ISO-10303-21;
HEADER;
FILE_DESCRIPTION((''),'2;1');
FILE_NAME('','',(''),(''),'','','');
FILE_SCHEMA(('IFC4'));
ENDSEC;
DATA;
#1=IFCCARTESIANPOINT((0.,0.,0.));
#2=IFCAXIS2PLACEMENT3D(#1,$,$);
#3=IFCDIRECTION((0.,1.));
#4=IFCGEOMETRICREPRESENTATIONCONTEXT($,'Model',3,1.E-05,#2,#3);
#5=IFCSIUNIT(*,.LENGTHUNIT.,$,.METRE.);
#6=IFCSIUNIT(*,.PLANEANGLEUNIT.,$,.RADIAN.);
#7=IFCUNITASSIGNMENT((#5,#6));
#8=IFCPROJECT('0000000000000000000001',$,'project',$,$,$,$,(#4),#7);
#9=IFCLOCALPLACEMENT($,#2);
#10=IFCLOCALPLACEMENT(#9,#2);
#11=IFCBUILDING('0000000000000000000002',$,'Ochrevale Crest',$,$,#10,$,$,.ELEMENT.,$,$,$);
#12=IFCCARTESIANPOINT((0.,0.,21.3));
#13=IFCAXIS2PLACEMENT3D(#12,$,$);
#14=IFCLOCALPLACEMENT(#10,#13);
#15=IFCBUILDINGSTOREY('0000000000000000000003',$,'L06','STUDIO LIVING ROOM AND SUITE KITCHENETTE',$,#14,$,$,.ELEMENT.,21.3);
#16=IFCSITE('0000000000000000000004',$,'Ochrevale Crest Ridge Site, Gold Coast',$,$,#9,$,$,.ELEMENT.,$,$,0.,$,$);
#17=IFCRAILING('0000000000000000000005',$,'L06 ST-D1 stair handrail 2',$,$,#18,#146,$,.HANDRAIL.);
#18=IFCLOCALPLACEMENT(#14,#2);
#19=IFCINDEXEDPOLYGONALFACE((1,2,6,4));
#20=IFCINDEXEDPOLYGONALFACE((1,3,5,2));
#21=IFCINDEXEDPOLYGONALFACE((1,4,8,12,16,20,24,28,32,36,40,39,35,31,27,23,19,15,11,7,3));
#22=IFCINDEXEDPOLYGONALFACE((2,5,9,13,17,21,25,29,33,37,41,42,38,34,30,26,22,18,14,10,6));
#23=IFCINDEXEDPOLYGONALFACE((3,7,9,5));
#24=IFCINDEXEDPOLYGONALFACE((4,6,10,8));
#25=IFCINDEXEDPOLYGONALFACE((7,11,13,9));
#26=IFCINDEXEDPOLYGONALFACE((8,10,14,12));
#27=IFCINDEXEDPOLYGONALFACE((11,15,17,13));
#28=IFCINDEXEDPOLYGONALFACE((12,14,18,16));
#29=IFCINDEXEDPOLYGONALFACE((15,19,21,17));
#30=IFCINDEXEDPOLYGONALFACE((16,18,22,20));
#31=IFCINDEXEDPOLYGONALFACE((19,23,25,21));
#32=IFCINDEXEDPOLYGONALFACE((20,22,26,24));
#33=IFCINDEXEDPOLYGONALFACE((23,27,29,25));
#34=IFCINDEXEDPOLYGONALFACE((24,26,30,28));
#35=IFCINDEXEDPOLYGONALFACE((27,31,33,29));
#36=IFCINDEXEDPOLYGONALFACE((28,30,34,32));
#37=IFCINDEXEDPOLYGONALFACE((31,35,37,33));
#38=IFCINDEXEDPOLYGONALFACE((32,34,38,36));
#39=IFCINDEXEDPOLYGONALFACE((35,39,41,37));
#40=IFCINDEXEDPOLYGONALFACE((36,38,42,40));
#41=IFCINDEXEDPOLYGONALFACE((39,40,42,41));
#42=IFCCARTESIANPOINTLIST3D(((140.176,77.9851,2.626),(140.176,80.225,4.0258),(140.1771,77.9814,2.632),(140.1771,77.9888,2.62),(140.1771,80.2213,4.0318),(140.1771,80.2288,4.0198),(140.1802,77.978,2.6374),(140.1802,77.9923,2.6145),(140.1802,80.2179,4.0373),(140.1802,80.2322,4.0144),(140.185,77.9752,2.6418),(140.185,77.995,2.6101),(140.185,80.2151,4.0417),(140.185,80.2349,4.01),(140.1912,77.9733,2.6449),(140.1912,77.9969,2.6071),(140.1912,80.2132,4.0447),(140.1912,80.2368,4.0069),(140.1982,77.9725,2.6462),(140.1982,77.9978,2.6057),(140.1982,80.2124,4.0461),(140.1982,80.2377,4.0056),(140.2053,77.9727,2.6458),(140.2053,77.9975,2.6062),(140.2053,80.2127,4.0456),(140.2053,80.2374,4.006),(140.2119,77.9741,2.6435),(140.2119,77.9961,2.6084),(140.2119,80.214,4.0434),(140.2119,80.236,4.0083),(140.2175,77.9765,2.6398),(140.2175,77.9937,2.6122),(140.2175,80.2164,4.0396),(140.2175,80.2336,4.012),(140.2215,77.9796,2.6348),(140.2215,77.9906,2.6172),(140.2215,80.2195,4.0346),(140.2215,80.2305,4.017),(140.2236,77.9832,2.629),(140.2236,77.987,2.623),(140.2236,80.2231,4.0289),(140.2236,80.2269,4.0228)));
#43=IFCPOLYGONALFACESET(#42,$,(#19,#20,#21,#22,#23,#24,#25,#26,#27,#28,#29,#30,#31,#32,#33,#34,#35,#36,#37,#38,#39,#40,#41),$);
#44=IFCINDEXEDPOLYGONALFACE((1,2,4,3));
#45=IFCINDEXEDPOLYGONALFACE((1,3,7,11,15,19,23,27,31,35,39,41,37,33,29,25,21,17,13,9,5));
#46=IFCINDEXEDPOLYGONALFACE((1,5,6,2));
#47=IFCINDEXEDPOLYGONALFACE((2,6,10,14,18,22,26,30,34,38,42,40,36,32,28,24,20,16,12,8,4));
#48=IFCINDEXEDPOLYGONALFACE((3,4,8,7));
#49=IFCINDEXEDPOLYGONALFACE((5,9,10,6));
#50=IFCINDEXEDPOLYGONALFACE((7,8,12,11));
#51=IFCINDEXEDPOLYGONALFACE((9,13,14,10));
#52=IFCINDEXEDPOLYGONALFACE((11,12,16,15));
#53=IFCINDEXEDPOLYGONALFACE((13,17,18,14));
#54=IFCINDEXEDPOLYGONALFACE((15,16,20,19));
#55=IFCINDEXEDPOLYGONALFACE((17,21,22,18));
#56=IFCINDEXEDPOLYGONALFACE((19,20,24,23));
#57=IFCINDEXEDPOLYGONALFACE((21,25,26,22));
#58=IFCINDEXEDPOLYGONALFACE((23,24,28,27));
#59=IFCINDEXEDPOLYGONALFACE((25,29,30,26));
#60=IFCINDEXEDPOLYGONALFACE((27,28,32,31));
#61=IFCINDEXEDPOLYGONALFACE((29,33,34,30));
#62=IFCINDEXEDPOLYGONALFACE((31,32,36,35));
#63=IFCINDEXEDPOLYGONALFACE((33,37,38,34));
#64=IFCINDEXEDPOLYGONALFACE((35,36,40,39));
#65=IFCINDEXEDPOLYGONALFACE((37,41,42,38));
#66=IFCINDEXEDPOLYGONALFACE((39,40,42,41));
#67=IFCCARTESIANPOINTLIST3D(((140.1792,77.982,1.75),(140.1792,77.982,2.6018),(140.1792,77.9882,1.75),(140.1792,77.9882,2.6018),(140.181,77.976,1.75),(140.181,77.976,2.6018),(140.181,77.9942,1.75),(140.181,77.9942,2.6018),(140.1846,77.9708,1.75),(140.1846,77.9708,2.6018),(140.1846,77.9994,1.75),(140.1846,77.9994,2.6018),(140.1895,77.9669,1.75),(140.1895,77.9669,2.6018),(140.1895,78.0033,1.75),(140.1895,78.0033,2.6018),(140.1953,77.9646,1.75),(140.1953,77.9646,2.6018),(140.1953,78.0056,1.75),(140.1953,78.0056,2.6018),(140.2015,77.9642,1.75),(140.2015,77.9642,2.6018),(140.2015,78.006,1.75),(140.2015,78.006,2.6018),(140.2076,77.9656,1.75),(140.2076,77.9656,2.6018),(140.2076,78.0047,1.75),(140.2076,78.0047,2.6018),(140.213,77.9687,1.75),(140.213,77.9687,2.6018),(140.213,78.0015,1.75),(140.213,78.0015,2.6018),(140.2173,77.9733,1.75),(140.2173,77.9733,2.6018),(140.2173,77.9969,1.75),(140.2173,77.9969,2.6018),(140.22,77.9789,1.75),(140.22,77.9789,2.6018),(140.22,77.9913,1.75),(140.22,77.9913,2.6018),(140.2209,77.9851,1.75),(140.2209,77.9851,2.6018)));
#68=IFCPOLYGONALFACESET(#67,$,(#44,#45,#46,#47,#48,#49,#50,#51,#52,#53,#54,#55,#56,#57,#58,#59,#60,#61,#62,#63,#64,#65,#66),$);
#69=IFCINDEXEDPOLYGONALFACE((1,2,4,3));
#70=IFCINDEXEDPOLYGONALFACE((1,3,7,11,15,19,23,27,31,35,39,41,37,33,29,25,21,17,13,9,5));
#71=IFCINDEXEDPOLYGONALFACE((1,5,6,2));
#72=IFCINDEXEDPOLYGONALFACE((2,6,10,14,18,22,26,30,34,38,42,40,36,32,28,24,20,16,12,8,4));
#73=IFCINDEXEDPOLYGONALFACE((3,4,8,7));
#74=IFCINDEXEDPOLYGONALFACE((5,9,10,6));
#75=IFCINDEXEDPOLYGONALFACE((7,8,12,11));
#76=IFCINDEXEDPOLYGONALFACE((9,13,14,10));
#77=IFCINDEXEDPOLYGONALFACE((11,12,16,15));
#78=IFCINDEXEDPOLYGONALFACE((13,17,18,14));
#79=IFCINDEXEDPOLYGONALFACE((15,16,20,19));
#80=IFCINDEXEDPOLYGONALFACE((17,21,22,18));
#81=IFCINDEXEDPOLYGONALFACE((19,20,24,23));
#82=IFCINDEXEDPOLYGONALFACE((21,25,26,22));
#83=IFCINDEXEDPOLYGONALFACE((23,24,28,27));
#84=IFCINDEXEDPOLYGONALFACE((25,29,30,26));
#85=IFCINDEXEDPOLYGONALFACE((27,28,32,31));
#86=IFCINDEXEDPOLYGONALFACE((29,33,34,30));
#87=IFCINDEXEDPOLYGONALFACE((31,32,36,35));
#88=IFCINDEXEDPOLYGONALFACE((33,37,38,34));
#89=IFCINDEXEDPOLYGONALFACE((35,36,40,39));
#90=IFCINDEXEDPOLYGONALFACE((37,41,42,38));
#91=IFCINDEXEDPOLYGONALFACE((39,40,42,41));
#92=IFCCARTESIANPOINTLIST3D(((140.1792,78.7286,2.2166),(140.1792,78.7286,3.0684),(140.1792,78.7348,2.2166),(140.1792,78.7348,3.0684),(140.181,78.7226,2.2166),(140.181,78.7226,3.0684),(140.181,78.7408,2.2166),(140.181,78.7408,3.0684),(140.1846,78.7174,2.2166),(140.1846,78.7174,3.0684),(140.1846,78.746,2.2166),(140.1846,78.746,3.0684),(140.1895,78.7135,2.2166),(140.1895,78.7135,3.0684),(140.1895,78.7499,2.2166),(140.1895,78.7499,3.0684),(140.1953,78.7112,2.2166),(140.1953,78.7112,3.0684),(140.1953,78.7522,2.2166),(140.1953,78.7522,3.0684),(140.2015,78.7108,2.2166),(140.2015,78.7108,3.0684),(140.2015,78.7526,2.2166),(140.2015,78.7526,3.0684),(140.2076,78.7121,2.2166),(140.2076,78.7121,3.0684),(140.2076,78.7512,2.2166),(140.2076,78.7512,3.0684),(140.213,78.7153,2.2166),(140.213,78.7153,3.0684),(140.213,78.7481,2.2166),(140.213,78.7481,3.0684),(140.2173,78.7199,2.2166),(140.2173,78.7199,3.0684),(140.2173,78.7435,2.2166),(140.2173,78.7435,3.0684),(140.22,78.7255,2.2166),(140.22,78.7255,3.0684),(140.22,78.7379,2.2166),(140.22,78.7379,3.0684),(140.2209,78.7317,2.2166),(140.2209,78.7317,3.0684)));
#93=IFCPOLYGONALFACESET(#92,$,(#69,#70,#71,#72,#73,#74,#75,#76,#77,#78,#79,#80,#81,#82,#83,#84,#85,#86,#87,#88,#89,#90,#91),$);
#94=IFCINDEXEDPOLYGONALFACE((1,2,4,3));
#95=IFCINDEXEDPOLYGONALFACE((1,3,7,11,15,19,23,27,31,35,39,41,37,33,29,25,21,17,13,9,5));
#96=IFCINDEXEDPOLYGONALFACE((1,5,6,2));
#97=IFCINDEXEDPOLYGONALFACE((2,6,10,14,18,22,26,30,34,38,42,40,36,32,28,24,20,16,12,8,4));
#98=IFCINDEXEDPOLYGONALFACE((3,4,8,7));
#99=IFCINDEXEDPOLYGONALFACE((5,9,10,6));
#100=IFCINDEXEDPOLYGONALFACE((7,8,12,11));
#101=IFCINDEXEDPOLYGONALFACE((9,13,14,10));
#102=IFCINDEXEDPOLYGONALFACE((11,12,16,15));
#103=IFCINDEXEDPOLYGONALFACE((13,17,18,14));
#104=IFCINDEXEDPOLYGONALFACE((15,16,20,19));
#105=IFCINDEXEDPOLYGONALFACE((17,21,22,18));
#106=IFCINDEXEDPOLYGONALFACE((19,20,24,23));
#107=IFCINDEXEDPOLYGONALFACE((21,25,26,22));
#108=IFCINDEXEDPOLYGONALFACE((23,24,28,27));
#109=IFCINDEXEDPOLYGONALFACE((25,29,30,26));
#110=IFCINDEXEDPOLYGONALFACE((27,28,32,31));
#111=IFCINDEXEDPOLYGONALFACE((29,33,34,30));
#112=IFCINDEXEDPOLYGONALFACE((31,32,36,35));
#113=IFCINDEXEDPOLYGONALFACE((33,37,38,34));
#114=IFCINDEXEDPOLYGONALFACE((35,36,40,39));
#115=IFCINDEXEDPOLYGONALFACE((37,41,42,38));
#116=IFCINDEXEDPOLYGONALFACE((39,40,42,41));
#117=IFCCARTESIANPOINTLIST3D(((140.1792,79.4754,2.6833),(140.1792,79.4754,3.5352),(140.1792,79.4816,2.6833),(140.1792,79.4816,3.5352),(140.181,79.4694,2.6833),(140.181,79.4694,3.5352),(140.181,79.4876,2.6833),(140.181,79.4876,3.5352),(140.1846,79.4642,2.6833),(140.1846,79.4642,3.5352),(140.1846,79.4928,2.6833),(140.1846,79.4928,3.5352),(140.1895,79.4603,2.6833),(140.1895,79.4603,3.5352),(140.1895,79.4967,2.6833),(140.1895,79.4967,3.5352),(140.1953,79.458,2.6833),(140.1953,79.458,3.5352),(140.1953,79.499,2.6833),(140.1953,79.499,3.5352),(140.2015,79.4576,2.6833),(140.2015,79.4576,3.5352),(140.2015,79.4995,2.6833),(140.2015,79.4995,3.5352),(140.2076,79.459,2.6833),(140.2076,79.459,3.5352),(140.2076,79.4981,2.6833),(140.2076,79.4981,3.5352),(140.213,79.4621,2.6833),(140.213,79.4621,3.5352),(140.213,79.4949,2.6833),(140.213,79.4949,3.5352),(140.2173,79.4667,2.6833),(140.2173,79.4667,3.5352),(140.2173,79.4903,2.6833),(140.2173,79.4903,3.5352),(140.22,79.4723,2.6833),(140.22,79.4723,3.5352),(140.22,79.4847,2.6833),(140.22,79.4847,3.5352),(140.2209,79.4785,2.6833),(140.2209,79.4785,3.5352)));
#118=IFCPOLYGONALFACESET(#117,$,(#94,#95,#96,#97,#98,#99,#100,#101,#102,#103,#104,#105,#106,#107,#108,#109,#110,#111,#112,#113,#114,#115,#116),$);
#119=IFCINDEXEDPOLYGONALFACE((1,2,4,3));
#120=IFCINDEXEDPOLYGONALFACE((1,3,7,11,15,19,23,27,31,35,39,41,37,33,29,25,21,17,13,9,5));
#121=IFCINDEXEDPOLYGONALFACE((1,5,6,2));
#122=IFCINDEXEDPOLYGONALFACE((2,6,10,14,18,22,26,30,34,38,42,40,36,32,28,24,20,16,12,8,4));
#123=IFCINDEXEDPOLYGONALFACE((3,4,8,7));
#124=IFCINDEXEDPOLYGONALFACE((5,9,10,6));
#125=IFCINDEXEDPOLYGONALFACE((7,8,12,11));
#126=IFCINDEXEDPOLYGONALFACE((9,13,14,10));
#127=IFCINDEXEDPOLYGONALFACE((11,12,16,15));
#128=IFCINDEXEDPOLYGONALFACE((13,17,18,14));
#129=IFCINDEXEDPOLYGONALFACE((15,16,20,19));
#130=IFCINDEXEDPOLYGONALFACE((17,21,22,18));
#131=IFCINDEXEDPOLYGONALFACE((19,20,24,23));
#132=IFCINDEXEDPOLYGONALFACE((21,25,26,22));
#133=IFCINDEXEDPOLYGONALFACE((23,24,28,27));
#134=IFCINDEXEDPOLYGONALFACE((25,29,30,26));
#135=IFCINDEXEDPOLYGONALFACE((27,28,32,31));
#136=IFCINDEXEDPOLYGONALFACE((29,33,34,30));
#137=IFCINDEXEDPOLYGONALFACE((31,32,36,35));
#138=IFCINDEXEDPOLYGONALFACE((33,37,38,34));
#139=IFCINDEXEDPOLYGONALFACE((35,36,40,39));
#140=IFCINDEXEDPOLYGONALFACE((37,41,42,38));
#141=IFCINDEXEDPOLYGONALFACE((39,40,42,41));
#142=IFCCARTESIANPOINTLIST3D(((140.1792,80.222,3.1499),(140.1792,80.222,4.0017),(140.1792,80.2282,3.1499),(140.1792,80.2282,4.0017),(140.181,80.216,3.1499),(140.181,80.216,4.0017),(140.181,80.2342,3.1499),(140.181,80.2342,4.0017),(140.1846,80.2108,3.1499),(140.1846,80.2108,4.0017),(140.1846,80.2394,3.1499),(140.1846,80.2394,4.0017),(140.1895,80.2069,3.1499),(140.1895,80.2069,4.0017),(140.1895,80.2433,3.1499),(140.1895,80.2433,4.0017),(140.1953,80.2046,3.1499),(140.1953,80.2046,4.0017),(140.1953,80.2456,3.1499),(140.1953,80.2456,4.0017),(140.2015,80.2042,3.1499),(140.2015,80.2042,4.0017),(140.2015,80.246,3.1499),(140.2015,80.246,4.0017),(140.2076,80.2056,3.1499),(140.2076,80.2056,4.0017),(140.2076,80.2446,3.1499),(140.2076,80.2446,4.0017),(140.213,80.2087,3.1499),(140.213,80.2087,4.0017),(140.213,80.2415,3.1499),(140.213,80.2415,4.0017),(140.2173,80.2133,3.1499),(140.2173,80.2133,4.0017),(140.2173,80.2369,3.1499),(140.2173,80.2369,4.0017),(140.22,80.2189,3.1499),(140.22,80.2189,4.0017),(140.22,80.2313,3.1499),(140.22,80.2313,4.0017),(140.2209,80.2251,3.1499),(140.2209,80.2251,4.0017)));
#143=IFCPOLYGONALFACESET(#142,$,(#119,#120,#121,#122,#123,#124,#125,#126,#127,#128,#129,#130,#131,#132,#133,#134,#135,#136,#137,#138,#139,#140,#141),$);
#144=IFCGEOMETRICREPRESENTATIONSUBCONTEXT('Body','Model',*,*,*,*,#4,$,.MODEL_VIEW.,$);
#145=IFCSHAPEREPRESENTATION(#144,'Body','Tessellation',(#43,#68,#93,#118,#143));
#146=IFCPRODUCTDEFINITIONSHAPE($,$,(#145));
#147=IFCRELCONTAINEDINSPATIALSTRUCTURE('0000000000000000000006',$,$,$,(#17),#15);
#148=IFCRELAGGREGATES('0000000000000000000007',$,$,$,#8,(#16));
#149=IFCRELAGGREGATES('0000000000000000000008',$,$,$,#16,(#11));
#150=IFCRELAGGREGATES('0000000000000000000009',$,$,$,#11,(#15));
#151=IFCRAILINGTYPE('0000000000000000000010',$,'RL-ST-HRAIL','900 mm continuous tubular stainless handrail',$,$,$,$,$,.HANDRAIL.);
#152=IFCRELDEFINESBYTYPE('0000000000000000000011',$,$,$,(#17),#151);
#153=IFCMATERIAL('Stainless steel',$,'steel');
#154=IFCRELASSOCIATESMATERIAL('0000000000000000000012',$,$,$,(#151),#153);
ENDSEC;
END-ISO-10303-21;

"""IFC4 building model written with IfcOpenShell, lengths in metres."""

from ifc_helpers import new_model, si_unit, direction, frame, origin, origin_2d, place, context, subcontext, project, spatial, circle, extrude, material, type_object, element, save


model = new_model("IFC4")

# Units and contexts
model_context = context("Model", 3, precision=1e-05, world=origin(), true_north=direction((0.0, 1.0)))
body_context = subcontext(model_context, "Body", "Model", "MODEL_VIEW")
ifc_project = project(units=[si_unit("LENGTHUNIT", "METRE"), si_unit("PLANEANGLEUNIT", "RADIAN")], contexts=[model_context])

# Site, building, storey
site_placement = place(None, origin())
site = spatial("IfcSite", under=ifc_project, at=site_placement, Name="Ochrevale Crest Ridge Site, Gold Coast", CompositionType="ELEMENT", RefElevation=0.0)
building_placement = place(site_placement, origin())
building = spatial("IfcBuilding", under=site, at=building_placement, Name="Ochrevale Crest", CompositionType="ELEMENT")
storey_placement = place(building_placement, frame((0.0, 0.0, 21.3)))
storey = spatial("IfcBuildingStorey", under=building, at=storey_placement, Name="L06", Description="STUDIO LIVING ROOM AND SUITE KITCHENETTE", CompositionType="ELEMENT", Elevation=21.3)

# Railing
ifc_material_1 = material(Name="Stainless steel", Category="steel")
railing_type = type_object("IfcRailingType", Name="RL-ST-HRAIL", Description="900 mm continuous tubular stainless handrail", PredefinedType="HANDRAIL", material=ifc_material_1)
railing_placement = place(storey_placement, frame((140.2, 77.9851, 1.75)))
element("IfcRailing", 1, at=railing_placement, inside=storey, type_object=railing_type, Name="L06 ST-D1 stair handrail 2", PredefinedType="HANDRAIL", context=body_context, shape_type="SweptSolid", body=[
    extrude(circle(Radius=0.0239, at=origin_2d()), frame((0.0, 0.0, 0.876), z_axis=(0.0, 0.848014, 0.529974), x_axis=(-1.0, 0.0, 0.0)), (0.0, 0.0, 1.0), 2.6414),
    extrude(circle(Radius=0.021, at=origin_2d()), origin(), (0.0, 0.0, 1.0), 0.8518),
    extrude(circle(Radius=0.021, at=origin_2d()), frame((0.0, 0.7466, 0.4666)), (0.0, 0.0, 1.0), 0.8518),
    extrude(circle(Radius=0.021, at=origin_2d()), frame((0.0, 1.4934, 0.9333)), (0.0, 0.0, 1.0), 0.8518),
    extrude(circle(Radius=0.021, at=origin_2d()), frame((0.0, 2.24, 1.3999)), (0.0, 0.0, 1.0), 0.8518),
])

save(model, "model.ifc")
